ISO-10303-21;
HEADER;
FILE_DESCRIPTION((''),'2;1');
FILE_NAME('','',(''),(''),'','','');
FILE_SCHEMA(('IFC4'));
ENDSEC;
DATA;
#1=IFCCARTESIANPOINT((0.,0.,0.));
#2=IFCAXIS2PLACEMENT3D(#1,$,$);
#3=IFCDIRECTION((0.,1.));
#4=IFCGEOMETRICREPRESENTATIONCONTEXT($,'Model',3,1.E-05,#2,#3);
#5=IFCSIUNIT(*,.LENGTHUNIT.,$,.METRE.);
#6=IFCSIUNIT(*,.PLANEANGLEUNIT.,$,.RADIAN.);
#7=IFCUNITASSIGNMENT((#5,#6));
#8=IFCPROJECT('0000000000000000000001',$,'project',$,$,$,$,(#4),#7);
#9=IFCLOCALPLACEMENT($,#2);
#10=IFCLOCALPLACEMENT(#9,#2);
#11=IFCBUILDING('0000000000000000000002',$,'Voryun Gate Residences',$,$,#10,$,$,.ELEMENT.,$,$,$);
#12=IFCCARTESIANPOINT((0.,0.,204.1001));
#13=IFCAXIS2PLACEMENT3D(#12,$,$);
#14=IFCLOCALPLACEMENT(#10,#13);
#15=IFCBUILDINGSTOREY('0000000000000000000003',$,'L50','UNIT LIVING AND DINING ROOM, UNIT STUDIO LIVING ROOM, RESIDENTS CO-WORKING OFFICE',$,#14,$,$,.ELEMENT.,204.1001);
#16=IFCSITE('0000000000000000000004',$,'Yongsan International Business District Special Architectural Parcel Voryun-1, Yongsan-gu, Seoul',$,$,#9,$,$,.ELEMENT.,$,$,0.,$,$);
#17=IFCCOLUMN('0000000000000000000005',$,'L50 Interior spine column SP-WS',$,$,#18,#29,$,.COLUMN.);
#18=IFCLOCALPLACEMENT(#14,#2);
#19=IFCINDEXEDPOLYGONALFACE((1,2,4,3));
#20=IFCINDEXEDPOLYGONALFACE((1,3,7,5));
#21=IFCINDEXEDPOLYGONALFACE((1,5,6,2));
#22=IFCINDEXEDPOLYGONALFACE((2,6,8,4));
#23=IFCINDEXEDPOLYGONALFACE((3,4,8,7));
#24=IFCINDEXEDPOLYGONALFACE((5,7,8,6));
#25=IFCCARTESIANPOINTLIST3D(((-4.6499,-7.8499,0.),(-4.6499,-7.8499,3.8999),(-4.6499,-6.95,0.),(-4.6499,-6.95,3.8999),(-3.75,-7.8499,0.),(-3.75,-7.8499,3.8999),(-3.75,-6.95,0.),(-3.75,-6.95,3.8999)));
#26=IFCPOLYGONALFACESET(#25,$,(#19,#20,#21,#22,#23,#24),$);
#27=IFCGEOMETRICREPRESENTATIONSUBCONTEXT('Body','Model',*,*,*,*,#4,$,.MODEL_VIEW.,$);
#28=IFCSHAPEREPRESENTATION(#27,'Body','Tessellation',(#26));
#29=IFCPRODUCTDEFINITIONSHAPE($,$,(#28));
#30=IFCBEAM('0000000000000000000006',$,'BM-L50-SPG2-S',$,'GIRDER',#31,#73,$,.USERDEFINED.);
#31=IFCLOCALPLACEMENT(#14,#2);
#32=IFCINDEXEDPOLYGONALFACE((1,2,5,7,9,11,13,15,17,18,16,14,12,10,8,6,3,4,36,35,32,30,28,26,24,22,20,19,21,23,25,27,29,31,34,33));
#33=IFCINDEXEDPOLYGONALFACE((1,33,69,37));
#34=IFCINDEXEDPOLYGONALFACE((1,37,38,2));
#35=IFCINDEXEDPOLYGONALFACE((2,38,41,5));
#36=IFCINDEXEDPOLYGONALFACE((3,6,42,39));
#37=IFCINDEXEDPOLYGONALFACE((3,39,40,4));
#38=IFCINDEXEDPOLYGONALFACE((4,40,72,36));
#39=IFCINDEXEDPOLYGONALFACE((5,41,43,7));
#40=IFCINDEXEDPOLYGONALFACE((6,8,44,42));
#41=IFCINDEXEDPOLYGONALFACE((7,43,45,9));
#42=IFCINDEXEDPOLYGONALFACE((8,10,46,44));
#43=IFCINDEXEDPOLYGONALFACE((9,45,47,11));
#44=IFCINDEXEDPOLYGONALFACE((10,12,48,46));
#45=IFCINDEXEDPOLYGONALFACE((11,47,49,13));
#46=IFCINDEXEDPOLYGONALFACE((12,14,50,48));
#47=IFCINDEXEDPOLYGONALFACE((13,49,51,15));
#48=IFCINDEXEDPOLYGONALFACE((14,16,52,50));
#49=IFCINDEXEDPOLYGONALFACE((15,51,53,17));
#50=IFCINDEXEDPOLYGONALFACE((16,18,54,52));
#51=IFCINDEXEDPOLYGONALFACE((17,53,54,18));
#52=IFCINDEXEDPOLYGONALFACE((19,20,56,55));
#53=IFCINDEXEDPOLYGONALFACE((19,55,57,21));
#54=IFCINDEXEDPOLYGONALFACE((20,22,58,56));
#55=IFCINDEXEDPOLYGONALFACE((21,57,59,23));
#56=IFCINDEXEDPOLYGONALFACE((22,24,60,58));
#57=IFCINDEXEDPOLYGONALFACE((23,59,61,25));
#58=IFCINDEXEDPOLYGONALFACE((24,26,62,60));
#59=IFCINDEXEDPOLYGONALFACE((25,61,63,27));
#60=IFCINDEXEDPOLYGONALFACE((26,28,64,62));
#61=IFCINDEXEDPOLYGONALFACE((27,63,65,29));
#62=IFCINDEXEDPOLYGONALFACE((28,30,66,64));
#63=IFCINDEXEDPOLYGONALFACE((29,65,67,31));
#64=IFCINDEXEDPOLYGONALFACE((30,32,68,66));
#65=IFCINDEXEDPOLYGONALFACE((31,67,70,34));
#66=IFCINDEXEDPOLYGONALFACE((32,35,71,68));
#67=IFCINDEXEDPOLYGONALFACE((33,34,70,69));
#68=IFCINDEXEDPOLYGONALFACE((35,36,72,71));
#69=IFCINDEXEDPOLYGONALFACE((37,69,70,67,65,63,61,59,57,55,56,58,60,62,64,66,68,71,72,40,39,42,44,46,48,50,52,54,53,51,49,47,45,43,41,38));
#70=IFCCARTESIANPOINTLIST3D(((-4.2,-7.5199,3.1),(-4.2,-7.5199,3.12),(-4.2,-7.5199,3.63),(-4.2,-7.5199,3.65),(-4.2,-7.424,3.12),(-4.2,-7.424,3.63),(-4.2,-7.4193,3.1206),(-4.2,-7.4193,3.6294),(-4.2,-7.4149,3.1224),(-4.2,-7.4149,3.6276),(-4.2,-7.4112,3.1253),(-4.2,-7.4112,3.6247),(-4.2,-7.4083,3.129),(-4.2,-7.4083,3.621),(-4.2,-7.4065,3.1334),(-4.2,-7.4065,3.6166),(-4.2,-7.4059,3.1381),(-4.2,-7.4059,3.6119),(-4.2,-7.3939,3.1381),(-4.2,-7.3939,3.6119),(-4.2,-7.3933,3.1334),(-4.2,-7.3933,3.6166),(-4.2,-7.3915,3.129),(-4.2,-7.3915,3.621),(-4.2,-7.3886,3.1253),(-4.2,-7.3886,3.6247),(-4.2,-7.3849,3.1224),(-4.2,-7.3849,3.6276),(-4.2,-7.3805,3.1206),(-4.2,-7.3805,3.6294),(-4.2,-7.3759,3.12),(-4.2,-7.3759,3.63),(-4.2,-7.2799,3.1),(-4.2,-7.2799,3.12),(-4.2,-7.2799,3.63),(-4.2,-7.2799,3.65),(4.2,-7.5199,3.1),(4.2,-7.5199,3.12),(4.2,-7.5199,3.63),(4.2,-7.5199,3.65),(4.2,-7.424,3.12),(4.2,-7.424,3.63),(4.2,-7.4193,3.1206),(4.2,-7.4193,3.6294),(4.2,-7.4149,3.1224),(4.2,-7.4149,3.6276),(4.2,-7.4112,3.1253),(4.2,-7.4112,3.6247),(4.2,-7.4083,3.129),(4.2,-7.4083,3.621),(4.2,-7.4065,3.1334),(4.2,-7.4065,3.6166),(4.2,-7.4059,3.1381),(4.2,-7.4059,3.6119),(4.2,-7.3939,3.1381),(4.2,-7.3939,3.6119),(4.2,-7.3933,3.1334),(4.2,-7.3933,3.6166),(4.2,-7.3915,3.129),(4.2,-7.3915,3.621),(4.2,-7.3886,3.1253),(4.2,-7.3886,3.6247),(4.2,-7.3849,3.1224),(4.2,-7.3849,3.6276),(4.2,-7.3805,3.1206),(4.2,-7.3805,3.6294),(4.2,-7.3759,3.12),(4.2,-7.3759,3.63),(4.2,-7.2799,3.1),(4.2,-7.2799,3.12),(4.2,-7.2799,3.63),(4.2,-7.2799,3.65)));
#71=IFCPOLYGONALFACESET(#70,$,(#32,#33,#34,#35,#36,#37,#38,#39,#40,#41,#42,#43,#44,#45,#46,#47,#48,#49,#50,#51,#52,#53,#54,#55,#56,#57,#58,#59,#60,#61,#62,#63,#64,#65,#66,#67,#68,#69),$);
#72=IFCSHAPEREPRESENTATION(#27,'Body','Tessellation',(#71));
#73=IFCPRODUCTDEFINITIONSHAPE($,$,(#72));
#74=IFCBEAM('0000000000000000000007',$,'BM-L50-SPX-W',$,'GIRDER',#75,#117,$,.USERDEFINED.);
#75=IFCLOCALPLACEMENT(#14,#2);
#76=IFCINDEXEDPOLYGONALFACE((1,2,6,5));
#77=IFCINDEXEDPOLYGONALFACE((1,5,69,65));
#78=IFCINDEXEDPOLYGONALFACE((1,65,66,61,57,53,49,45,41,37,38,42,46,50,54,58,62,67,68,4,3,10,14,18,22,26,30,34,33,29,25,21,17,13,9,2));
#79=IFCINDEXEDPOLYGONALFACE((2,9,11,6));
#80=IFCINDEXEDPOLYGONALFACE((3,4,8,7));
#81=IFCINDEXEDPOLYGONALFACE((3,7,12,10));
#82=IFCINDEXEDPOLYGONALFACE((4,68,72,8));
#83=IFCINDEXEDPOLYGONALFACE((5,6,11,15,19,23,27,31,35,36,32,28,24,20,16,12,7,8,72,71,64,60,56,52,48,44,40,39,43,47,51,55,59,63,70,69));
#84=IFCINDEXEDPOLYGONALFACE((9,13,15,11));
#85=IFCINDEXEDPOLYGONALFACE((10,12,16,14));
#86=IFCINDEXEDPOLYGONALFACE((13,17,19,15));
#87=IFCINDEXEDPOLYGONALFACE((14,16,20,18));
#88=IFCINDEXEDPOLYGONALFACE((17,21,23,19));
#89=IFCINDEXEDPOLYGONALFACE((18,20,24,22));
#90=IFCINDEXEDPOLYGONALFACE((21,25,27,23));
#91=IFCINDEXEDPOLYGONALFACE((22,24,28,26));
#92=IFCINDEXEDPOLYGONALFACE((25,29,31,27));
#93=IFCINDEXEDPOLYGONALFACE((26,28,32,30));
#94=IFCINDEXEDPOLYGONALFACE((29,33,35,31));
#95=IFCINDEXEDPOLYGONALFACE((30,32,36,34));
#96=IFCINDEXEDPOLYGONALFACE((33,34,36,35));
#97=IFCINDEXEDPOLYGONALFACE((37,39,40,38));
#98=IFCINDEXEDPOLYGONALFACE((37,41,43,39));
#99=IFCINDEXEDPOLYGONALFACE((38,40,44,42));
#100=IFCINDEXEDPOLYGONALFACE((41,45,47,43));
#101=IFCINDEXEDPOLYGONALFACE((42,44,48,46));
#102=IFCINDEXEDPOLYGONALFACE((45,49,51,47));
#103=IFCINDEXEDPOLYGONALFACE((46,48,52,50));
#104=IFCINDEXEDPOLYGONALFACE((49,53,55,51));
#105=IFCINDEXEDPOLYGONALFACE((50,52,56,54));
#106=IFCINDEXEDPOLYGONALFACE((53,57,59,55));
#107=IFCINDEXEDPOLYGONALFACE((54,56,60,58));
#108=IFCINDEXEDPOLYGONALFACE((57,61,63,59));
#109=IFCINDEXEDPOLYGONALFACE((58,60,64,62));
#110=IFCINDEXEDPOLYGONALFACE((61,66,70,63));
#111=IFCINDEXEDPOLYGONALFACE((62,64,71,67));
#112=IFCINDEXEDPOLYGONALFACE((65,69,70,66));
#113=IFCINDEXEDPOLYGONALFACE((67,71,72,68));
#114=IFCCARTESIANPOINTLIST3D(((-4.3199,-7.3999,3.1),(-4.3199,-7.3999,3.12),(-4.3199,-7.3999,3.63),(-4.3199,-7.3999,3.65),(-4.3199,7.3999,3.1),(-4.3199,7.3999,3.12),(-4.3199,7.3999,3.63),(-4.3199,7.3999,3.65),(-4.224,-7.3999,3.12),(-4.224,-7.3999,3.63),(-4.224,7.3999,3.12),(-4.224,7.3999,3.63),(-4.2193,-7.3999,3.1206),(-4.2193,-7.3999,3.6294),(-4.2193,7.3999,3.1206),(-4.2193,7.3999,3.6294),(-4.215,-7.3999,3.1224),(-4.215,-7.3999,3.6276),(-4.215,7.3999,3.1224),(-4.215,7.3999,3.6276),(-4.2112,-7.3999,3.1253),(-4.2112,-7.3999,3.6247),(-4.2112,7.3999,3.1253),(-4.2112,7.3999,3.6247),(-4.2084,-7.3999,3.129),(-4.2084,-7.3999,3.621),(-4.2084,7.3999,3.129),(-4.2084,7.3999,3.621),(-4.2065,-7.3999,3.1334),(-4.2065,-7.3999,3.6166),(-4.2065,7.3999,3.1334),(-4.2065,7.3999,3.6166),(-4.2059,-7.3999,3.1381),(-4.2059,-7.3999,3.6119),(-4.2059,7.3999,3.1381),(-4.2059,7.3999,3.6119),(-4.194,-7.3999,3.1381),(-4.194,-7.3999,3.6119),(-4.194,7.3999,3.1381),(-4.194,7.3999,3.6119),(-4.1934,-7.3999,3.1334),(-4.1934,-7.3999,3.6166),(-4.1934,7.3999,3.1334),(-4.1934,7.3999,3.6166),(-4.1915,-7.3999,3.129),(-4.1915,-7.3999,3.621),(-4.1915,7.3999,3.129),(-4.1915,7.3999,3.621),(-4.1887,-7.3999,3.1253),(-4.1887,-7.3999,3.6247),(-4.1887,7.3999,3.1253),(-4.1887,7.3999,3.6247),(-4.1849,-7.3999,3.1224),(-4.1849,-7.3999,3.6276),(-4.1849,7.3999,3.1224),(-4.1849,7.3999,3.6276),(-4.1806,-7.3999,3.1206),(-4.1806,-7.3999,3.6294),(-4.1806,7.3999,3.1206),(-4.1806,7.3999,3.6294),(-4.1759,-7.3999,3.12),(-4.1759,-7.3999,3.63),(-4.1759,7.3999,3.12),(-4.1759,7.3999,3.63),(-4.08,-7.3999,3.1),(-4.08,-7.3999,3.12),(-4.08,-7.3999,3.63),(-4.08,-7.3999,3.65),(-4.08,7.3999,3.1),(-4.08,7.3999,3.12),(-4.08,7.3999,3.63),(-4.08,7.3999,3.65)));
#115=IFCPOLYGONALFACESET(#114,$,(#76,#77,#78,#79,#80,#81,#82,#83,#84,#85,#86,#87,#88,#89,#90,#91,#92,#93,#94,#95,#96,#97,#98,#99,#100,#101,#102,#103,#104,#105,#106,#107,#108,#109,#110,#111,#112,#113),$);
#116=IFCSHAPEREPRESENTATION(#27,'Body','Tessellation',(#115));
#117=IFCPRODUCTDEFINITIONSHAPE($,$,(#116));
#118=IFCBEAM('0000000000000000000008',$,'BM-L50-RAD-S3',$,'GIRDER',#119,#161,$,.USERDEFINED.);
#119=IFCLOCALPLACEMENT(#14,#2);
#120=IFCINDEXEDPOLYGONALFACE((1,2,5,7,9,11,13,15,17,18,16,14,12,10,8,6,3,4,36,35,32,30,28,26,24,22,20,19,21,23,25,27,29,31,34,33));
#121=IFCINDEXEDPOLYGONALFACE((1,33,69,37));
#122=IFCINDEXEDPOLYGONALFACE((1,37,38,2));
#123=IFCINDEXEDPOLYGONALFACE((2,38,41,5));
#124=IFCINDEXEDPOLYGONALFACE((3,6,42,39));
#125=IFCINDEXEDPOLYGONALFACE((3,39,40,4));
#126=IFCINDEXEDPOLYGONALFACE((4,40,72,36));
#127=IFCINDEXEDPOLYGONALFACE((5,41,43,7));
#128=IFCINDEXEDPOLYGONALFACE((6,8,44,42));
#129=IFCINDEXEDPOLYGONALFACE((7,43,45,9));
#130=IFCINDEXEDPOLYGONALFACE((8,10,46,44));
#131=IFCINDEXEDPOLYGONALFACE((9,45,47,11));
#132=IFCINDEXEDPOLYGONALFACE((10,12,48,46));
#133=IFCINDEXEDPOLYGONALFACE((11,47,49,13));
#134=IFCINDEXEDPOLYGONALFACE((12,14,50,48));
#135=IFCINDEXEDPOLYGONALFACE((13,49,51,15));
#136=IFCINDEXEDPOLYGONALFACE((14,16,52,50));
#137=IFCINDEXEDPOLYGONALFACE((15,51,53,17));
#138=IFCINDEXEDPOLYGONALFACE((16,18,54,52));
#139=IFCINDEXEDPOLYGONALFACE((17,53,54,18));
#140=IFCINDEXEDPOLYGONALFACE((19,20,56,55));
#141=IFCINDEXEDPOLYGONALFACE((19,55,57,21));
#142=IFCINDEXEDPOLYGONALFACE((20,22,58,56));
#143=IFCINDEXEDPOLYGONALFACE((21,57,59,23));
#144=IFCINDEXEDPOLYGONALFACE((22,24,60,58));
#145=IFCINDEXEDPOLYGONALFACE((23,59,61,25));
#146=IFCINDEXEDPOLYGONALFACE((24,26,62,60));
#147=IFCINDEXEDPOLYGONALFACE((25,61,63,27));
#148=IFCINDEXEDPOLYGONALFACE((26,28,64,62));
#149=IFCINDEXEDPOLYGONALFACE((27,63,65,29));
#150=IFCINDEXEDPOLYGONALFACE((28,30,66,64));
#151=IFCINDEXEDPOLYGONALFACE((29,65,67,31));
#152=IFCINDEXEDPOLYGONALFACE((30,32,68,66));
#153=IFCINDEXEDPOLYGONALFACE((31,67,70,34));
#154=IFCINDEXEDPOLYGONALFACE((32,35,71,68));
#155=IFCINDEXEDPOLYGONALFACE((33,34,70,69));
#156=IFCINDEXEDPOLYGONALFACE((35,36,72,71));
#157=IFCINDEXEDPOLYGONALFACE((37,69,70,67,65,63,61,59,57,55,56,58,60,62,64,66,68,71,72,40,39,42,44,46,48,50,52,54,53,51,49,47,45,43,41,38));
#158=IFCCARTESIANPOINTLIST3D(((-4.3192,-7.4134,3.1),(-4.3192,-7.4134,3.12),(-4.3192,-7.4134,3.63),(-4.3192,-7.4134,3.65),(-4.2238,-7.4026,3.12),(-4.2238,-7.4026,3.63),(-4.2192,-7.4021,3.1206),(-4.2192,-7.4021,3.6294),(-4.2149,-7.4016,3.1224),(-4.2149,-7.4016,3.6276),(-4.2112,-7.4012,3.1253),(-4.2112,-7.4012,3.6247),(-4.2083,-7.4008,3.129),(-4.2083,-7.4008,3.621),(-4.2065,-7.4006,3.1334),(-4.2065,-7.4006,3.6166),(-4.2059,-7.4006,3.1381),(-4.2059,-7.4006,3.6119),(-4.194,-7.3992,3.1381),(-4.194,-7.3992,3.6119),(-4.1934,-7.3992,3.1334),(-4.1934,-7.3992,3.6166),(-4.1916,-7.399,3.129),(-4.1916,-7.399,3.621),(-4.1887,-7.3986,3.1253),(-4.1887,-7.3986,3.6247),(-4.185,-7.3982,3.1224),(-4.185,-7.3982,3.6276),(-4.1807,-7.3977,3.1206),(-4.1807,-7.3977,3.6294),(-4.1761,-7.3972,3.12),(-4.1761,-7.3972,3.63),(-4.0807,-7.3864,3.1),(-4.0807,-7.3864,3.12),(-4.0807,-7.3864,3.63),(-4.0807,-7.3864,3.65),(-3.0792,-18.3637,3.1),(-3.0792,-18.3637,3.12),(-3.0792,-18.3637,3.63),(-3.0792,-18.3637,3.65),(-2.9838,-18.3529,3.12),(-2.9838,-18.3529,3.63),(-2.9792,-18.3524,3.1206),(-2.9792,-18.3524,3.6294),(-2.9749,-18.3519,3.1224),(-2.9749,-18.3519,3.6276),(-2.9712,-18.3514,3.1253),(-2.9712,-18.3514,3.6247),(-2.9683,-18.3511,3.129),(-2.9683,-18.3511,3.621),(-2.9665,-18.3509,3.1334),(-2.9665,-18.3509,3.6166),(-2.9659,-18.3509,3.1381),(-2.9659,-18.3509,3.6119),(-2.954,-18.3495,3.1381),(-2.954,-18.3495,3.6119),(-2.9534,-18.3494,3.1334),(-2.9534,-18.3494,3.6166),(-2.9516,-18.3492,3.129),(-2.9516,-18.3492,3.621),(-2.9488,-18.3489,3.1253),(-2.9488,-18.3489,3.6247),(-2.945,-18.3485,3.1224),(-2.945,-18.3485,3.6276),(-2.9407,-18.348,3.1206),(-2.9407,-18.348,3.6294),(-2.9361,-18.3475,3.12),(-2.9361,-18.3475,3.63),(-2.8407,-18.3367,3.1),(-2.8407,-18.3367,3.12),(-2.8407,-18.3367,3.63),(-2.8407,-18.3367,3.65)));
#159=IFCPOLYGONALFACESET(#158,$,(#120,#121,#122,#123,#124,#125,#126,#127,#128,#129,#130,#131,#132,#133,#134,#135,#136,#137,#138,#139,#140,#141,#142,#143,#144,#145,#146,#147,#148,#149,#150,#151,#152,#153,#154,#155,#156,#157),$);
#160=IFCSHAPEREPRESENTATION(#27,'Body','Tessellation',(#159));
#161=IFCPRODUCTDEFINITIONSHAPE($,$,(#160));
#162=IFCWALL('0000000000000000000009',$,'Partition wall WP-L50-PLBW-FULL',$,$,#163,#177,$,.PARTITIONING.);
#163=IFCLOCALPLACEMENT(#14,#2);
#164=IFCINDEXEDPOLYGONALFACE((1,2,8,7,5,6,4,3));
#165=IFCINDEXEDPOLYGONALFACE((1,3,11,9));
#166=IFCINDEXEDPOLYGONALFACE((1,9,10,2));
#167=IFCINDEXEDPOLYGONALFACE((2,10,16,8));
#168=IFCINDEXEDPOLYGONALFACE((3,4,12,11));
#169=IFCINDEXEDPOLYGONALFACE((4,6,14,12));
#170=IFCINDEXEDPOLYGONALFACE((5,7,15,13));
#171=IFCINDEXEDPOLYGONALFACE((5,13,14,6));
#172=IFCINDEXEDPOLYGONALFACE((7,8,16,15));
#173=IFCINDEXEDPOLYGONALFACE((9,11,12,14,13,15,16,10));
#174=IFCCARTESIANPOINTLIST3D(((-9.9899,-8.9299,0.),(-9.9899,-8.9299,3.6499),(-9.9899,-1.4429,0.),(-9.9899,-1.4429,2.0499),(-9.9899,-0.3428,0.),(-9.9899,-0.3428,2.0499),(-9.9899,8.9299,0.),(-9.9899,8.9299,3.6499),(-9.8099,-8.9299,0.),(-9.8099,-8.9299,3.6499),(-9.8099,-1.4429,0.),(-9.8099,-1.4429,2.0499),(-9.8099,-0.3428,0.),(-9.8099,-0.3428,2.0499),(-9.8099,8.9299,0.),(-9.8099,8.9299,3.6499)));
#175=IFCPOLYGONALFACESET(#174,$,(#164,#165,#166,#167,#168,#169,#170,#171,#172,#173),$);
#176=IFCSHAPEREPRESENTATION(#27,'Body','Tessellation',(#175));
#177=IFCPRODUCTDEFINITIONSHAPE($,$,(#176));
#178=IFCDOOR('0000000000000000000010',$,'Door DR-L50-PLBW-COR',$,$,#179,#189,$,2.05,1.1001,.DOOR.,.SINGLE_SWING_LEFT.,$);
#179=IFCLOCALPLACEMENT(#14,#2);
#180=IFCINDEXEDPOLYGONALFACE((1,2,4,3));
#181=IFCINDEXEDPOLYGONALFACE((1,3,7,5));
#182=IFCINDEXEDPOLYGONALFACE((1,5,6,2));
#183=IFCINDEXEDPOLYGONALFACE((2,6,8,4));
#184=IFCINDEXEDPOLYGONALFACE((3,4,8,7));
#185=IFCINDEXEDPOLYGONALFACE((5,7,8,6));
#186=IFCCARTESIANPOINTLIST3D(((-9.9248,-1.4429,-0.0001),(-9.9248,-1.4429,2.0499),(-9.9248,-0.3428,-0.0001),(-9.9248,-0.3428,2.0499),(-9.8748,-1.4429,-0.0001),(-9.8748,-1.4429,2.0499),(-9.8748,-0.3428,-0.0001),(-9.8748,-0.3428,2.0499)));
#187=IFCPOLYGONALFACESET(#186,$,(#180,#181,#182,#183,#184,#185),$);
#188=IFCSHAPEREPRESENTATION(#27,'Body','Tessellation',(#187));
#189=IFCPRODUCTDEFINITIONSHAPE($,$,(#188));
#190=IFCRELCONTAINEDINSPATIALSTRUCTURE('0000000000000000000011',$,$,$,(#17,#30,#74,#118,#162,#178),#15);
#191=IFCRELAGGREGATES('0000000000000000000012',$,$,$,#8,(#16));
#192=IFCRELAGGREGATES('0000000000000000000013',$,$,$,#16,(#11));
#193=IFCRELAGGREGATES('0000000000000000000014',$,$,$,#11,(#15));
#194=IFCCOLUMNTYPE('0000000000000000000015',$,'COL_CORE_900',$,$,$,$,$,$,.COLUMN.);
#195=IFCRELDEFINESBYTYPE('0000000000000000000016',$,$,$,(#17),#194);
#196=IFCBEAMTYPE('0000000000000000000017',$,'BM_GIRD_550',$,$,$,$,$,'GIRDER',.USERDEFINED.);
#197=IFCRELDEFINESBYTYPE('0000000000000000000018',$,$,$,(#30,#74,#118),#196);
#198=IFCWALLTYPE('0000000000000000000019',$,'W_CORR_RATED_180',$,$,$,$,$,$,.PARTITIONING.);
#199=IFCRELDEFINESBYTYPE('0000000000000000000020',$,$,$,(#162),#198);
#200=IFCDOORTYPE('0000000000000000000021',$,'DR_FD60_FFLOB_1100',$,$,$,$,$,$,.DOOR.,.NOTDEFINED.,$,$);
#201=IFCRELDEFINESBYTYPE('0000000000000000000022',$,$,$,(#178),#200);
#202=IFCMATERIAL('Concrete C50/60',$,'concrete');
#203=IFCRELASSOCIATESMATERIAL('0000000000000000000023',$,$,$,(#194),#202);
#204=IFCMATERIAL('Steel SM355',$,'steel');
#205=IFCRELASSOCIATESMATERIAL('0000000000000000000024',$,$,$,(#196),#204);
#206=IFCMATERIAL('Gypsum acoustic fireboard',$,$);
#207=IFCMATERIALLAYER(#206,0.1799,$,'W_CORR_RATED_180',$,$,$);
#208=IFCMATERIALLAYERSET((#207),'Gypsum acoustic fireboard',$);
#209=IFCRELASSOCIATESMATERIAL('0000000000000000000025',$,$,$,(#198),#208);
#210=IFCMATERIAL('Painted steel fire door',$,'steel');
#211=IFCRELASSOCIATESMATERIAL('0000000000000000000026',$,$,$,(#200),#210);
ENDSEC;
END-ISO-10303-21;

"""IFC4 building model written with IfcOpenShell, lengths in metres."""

from ifc_helpers import new_model, si_unit, direction, frame, frame_2d, origin, origin_2d, place, context, subcontext, project, spatial, rectangle, i_section, extrude, material, layer, layer_set, material_profile, profile_set, type_object, element, fill, save


model = new_model("IFC4")

# Units and contexts
model_context = context("Model", 3, precision=1e-05, world=origin(), true_north=direction((0.0, 1.0)))
body_context = subcontext(model_context, "Body", "Model", "MODEL_VIEW")
ifc_project = project(units=[si_unit("LENGTHUNIT", "METRE"), si_unit("PLANEANGLEUNIT", "RADIAN")], contexts=[model_context])

# Site, building, storey
site_placement = place(None, origin())
site = spatial("IfcSite", under=ifc_project, at=site_placement, Name="Yongsan International Business District Special Architectural Parcel Voryun-1, Yongsan-gu, Seoul", CompositionType="ELEMENT", RefElevation=0.0)
building_placement = place(site_placement, origin())
building = spatial("IfcBuilding", under=site, at=building_placement, Name="Voryun Gate Residences", CompositionType="ELEMENT")
storey_placement = place(building_placement, frame((0.0, 0.0, 204.1001)))
storey = spatial("IfcBuildingStorey", under=building, at=storey_placement, Name="L50", Description="UNIT LIVING AND DINING ROOM, UNIT STUDIO LIVING ROOM, RESIDENTS CO-WORKING OFFICE", CompositionType="ELEMENT", Elevation=204.1001)

# Column
ifc_material_1 = material(Name="Concrete C50/60", Category="concrete")
ifc_material_profile_1 = material_profile(ifc_material_1, rectangle(XDim=0.8999, YDim=0.8999, at=origin_2d()), Name="RC-900x900")
ifc_profile_set_1 = profile_set([ifc_material_profile_1], Name="Concrete C50/60")
column_type = type_object("IfcColumnType", Name="COL_CORE_900", PredefinedType="COLUMN", material=ifc_profile_set_1)
column_placement = place(storey_placement, frame((-4.2, -7.3999, 0.0), z_axis=(0.0, 0.0, 1.0), x_axis=(1.0, 0.0, 0.0)))
element("IfcColumn", 1, at=column_placement, inside=storey, type_object=column_type, Name="L50 Interior spine column SP-WS", PredefinedType="COLUMN", context=body_context, shape_type="SweptSolid", body=[
    extrude(rectangle(XDim=0.8999, YDim=0.8999, at=origin_2d()), origin(), (0.0, 0.0, 1.0), 3.8999),
])

# Beams
ifc_material_2 = material(Name="Steel SM355", Category="steel")
ifc_material_profile_2 = material_profile(ifc_material_2, i_section(OverallWidth=0.24, OverallDepth=0.55, WebThickness=0.012, FlangeThickness=0.02, FilletRadius=0.0181, at=origin_2d()), Name="H-550x240x12x20")
ifc_profile_set_2 = profile_set([ifc_material_profile_2], Name="Steel SM355")
beam_type = type_object("IfcBeamType", Name="BM_GIRD_550", ElementType="GIRDER", PredefinedType="USERDEFINED", material=ifc_profile_set_2)
beam_1_placement = place(storey_placement, frame((-4.2, -7.3999, 3.375), z_axis=(1.0, 0.0, 0.0), x_axis=(0.0, 1.0, 0.0)))
element("IfcBeam", 2, at=beam_1_placement, inside=storey, type_object=beam_type, Name="BM-L50-SPG2-S", ObjectType="GIRDER", PredefinedType="USERDEFINED", context=body_context, shape_type="SweptSolid", body=[
    extrude(i_section(OverallWidth=0.24, OverallDepth=0.55, WebThickness=0.012, FlangeThickness=0.02, FilletRadius=0.0181, at=origin_2d()), origin(), (0.0, 0.0, 1.0), 8.3999),
])
beam_2_placement = place(storey_placement, frame((-4.2, -7.3999, 3.375), z_axis=(0.0, 1.0, 0.0), x_axis=(-1.0, 0.0, 0.0)))
element("IfcBeam", 3, at=beam_2_placement, inside=storey, type_object=beam_type, Name="BM-L50-SPX-W", ObjectType="GIRDER", PredefinedType="USERDEFINED", context=body_context, shape_type="SweptSolid", body=[
    extrude(i_section(OverallWidth=0.24, OverallDepth=0.55, WebThickness=0.012, FlangeThickness=0.02, FilletRadius=0.0181, at=origin_2d()), origin(), (0.0, 0.0, 1.0), 14.7998),
])
beam_3_placement = place(storey_placement, frame((-4.2, -7.3999, 3.375), z_axis=(0.11252, -0.993649, 0.0), x_axis=(0.993649, 0.11252, 0.0)))
element("IfcBeam", 4, at=beam_3_placement, inside=storey, type_object=beam_type, Name="BM-L50-RAD-S3", ObjectType="GIRDER", PredefinedType="USERDEFINED", context=body_context, shape_type="SweptSolid", body=[
    extrude(i_section(OverallWidth=0.24, OverallDepth=0.55, WebThickness=0.012, FlangeThickness=0.02, FilletRadius=0.0181, at=origin_2d()), origin(), (0.0, 0.0, 1.0), 11.0203),
])

# Wall, opening, door
ifc_material_3 = material(Name="Gypsum acoustic fireboard")
ifc_layer_1 = layer(ifc_material_3, 0.1799, Name="W_CORR_RATED_180")
ifc_layer_set_1 = layer_set([ifc_layer_1], Name="Gypsum acoustic fireboard")
wall_type_1 = type_object("IfcWallType", Name="W_CORR_RATED_180", PredefinedType="PARTITIONING", material=ifc_layer_set_1)
wall_1_placement = place(storey_placement, frame((-9.8999, -8.9299, 0.0), z_axis=(0.0, 0.0, 1.0), x_axis=(0.0, 1.0, 0.0)))
wall_1 = element("IfcWall", 5, at=wall_1_placement, inside=storey, type_object=wall_type_1, Name="Partition wall WP-L50-PLBW-FULL", PredefinedType="PARTITIONING", context=body_context, shape_type="SweptSolid", body=[
    extrude(rectangle(XDim=17.8599, YDim=0.1799, at=frame_2d((8.9299, 0.0))), origin(), (0.0, 0.0, 1.0), 3.6499),
])
opening_1_placement = place(wall_1_placement, frame((7.4871, 0.0, 0.0)))
opening_1 = element("IfcOpeningElement", 6, at=opening_1_placement, cuts=wall_1, PredefinedType="OPENING", context=body_context, shape_type="SweptSolid", body=[
    extrude(rectangle(XDim=1.1001, YDim=2.05, at=frame_2d((0.55, 1.0249))), frame((0.0, 0.0999, 0.0), z_axis=(0.0, -1.0, 0.0), x_axis=(1.0, 0.0, 0.0)), (0.0, 0.0, 1.0), 0.2),
])
ifc_material_4 = material(Name="Painted steel fire door", Category="steel")
door_type_1 = type_object("IfcDoorType", Name="DR_FD60_FFLOB_1100", OperationType="NOTDEFINED", PredefinedType="DOOR", material=ifc_material_4)
door_1_placement = place(opening_1_placement, origin())
door_1 = element("IfcDoor", 7, at=door_1_placement, inside=storey, type_object=door_type_1, Name="Door DR-L50-PLBW-COR", OperationType="SINGLE_SWING_LEFT", OverallHeight=2.05, OverallWidth=1.1001, PredefinedType="DOOR", context=body_context, shape_type="SweptSolid", body=[
    extrude(rectangle(XDim=1.1001, YDim=2.05, at=frame_2d((0.55, 1.0249))), frame((0.0, 0.0249, 0.0), z_axis=(0.0, -1.0, 0.0), x_axis=(1.0, 0.0, 0.0)), (0.0, 0.0, 1.0), 0.05),
])
fill(opening_1, door_1)

save(model, "model.ifc")
